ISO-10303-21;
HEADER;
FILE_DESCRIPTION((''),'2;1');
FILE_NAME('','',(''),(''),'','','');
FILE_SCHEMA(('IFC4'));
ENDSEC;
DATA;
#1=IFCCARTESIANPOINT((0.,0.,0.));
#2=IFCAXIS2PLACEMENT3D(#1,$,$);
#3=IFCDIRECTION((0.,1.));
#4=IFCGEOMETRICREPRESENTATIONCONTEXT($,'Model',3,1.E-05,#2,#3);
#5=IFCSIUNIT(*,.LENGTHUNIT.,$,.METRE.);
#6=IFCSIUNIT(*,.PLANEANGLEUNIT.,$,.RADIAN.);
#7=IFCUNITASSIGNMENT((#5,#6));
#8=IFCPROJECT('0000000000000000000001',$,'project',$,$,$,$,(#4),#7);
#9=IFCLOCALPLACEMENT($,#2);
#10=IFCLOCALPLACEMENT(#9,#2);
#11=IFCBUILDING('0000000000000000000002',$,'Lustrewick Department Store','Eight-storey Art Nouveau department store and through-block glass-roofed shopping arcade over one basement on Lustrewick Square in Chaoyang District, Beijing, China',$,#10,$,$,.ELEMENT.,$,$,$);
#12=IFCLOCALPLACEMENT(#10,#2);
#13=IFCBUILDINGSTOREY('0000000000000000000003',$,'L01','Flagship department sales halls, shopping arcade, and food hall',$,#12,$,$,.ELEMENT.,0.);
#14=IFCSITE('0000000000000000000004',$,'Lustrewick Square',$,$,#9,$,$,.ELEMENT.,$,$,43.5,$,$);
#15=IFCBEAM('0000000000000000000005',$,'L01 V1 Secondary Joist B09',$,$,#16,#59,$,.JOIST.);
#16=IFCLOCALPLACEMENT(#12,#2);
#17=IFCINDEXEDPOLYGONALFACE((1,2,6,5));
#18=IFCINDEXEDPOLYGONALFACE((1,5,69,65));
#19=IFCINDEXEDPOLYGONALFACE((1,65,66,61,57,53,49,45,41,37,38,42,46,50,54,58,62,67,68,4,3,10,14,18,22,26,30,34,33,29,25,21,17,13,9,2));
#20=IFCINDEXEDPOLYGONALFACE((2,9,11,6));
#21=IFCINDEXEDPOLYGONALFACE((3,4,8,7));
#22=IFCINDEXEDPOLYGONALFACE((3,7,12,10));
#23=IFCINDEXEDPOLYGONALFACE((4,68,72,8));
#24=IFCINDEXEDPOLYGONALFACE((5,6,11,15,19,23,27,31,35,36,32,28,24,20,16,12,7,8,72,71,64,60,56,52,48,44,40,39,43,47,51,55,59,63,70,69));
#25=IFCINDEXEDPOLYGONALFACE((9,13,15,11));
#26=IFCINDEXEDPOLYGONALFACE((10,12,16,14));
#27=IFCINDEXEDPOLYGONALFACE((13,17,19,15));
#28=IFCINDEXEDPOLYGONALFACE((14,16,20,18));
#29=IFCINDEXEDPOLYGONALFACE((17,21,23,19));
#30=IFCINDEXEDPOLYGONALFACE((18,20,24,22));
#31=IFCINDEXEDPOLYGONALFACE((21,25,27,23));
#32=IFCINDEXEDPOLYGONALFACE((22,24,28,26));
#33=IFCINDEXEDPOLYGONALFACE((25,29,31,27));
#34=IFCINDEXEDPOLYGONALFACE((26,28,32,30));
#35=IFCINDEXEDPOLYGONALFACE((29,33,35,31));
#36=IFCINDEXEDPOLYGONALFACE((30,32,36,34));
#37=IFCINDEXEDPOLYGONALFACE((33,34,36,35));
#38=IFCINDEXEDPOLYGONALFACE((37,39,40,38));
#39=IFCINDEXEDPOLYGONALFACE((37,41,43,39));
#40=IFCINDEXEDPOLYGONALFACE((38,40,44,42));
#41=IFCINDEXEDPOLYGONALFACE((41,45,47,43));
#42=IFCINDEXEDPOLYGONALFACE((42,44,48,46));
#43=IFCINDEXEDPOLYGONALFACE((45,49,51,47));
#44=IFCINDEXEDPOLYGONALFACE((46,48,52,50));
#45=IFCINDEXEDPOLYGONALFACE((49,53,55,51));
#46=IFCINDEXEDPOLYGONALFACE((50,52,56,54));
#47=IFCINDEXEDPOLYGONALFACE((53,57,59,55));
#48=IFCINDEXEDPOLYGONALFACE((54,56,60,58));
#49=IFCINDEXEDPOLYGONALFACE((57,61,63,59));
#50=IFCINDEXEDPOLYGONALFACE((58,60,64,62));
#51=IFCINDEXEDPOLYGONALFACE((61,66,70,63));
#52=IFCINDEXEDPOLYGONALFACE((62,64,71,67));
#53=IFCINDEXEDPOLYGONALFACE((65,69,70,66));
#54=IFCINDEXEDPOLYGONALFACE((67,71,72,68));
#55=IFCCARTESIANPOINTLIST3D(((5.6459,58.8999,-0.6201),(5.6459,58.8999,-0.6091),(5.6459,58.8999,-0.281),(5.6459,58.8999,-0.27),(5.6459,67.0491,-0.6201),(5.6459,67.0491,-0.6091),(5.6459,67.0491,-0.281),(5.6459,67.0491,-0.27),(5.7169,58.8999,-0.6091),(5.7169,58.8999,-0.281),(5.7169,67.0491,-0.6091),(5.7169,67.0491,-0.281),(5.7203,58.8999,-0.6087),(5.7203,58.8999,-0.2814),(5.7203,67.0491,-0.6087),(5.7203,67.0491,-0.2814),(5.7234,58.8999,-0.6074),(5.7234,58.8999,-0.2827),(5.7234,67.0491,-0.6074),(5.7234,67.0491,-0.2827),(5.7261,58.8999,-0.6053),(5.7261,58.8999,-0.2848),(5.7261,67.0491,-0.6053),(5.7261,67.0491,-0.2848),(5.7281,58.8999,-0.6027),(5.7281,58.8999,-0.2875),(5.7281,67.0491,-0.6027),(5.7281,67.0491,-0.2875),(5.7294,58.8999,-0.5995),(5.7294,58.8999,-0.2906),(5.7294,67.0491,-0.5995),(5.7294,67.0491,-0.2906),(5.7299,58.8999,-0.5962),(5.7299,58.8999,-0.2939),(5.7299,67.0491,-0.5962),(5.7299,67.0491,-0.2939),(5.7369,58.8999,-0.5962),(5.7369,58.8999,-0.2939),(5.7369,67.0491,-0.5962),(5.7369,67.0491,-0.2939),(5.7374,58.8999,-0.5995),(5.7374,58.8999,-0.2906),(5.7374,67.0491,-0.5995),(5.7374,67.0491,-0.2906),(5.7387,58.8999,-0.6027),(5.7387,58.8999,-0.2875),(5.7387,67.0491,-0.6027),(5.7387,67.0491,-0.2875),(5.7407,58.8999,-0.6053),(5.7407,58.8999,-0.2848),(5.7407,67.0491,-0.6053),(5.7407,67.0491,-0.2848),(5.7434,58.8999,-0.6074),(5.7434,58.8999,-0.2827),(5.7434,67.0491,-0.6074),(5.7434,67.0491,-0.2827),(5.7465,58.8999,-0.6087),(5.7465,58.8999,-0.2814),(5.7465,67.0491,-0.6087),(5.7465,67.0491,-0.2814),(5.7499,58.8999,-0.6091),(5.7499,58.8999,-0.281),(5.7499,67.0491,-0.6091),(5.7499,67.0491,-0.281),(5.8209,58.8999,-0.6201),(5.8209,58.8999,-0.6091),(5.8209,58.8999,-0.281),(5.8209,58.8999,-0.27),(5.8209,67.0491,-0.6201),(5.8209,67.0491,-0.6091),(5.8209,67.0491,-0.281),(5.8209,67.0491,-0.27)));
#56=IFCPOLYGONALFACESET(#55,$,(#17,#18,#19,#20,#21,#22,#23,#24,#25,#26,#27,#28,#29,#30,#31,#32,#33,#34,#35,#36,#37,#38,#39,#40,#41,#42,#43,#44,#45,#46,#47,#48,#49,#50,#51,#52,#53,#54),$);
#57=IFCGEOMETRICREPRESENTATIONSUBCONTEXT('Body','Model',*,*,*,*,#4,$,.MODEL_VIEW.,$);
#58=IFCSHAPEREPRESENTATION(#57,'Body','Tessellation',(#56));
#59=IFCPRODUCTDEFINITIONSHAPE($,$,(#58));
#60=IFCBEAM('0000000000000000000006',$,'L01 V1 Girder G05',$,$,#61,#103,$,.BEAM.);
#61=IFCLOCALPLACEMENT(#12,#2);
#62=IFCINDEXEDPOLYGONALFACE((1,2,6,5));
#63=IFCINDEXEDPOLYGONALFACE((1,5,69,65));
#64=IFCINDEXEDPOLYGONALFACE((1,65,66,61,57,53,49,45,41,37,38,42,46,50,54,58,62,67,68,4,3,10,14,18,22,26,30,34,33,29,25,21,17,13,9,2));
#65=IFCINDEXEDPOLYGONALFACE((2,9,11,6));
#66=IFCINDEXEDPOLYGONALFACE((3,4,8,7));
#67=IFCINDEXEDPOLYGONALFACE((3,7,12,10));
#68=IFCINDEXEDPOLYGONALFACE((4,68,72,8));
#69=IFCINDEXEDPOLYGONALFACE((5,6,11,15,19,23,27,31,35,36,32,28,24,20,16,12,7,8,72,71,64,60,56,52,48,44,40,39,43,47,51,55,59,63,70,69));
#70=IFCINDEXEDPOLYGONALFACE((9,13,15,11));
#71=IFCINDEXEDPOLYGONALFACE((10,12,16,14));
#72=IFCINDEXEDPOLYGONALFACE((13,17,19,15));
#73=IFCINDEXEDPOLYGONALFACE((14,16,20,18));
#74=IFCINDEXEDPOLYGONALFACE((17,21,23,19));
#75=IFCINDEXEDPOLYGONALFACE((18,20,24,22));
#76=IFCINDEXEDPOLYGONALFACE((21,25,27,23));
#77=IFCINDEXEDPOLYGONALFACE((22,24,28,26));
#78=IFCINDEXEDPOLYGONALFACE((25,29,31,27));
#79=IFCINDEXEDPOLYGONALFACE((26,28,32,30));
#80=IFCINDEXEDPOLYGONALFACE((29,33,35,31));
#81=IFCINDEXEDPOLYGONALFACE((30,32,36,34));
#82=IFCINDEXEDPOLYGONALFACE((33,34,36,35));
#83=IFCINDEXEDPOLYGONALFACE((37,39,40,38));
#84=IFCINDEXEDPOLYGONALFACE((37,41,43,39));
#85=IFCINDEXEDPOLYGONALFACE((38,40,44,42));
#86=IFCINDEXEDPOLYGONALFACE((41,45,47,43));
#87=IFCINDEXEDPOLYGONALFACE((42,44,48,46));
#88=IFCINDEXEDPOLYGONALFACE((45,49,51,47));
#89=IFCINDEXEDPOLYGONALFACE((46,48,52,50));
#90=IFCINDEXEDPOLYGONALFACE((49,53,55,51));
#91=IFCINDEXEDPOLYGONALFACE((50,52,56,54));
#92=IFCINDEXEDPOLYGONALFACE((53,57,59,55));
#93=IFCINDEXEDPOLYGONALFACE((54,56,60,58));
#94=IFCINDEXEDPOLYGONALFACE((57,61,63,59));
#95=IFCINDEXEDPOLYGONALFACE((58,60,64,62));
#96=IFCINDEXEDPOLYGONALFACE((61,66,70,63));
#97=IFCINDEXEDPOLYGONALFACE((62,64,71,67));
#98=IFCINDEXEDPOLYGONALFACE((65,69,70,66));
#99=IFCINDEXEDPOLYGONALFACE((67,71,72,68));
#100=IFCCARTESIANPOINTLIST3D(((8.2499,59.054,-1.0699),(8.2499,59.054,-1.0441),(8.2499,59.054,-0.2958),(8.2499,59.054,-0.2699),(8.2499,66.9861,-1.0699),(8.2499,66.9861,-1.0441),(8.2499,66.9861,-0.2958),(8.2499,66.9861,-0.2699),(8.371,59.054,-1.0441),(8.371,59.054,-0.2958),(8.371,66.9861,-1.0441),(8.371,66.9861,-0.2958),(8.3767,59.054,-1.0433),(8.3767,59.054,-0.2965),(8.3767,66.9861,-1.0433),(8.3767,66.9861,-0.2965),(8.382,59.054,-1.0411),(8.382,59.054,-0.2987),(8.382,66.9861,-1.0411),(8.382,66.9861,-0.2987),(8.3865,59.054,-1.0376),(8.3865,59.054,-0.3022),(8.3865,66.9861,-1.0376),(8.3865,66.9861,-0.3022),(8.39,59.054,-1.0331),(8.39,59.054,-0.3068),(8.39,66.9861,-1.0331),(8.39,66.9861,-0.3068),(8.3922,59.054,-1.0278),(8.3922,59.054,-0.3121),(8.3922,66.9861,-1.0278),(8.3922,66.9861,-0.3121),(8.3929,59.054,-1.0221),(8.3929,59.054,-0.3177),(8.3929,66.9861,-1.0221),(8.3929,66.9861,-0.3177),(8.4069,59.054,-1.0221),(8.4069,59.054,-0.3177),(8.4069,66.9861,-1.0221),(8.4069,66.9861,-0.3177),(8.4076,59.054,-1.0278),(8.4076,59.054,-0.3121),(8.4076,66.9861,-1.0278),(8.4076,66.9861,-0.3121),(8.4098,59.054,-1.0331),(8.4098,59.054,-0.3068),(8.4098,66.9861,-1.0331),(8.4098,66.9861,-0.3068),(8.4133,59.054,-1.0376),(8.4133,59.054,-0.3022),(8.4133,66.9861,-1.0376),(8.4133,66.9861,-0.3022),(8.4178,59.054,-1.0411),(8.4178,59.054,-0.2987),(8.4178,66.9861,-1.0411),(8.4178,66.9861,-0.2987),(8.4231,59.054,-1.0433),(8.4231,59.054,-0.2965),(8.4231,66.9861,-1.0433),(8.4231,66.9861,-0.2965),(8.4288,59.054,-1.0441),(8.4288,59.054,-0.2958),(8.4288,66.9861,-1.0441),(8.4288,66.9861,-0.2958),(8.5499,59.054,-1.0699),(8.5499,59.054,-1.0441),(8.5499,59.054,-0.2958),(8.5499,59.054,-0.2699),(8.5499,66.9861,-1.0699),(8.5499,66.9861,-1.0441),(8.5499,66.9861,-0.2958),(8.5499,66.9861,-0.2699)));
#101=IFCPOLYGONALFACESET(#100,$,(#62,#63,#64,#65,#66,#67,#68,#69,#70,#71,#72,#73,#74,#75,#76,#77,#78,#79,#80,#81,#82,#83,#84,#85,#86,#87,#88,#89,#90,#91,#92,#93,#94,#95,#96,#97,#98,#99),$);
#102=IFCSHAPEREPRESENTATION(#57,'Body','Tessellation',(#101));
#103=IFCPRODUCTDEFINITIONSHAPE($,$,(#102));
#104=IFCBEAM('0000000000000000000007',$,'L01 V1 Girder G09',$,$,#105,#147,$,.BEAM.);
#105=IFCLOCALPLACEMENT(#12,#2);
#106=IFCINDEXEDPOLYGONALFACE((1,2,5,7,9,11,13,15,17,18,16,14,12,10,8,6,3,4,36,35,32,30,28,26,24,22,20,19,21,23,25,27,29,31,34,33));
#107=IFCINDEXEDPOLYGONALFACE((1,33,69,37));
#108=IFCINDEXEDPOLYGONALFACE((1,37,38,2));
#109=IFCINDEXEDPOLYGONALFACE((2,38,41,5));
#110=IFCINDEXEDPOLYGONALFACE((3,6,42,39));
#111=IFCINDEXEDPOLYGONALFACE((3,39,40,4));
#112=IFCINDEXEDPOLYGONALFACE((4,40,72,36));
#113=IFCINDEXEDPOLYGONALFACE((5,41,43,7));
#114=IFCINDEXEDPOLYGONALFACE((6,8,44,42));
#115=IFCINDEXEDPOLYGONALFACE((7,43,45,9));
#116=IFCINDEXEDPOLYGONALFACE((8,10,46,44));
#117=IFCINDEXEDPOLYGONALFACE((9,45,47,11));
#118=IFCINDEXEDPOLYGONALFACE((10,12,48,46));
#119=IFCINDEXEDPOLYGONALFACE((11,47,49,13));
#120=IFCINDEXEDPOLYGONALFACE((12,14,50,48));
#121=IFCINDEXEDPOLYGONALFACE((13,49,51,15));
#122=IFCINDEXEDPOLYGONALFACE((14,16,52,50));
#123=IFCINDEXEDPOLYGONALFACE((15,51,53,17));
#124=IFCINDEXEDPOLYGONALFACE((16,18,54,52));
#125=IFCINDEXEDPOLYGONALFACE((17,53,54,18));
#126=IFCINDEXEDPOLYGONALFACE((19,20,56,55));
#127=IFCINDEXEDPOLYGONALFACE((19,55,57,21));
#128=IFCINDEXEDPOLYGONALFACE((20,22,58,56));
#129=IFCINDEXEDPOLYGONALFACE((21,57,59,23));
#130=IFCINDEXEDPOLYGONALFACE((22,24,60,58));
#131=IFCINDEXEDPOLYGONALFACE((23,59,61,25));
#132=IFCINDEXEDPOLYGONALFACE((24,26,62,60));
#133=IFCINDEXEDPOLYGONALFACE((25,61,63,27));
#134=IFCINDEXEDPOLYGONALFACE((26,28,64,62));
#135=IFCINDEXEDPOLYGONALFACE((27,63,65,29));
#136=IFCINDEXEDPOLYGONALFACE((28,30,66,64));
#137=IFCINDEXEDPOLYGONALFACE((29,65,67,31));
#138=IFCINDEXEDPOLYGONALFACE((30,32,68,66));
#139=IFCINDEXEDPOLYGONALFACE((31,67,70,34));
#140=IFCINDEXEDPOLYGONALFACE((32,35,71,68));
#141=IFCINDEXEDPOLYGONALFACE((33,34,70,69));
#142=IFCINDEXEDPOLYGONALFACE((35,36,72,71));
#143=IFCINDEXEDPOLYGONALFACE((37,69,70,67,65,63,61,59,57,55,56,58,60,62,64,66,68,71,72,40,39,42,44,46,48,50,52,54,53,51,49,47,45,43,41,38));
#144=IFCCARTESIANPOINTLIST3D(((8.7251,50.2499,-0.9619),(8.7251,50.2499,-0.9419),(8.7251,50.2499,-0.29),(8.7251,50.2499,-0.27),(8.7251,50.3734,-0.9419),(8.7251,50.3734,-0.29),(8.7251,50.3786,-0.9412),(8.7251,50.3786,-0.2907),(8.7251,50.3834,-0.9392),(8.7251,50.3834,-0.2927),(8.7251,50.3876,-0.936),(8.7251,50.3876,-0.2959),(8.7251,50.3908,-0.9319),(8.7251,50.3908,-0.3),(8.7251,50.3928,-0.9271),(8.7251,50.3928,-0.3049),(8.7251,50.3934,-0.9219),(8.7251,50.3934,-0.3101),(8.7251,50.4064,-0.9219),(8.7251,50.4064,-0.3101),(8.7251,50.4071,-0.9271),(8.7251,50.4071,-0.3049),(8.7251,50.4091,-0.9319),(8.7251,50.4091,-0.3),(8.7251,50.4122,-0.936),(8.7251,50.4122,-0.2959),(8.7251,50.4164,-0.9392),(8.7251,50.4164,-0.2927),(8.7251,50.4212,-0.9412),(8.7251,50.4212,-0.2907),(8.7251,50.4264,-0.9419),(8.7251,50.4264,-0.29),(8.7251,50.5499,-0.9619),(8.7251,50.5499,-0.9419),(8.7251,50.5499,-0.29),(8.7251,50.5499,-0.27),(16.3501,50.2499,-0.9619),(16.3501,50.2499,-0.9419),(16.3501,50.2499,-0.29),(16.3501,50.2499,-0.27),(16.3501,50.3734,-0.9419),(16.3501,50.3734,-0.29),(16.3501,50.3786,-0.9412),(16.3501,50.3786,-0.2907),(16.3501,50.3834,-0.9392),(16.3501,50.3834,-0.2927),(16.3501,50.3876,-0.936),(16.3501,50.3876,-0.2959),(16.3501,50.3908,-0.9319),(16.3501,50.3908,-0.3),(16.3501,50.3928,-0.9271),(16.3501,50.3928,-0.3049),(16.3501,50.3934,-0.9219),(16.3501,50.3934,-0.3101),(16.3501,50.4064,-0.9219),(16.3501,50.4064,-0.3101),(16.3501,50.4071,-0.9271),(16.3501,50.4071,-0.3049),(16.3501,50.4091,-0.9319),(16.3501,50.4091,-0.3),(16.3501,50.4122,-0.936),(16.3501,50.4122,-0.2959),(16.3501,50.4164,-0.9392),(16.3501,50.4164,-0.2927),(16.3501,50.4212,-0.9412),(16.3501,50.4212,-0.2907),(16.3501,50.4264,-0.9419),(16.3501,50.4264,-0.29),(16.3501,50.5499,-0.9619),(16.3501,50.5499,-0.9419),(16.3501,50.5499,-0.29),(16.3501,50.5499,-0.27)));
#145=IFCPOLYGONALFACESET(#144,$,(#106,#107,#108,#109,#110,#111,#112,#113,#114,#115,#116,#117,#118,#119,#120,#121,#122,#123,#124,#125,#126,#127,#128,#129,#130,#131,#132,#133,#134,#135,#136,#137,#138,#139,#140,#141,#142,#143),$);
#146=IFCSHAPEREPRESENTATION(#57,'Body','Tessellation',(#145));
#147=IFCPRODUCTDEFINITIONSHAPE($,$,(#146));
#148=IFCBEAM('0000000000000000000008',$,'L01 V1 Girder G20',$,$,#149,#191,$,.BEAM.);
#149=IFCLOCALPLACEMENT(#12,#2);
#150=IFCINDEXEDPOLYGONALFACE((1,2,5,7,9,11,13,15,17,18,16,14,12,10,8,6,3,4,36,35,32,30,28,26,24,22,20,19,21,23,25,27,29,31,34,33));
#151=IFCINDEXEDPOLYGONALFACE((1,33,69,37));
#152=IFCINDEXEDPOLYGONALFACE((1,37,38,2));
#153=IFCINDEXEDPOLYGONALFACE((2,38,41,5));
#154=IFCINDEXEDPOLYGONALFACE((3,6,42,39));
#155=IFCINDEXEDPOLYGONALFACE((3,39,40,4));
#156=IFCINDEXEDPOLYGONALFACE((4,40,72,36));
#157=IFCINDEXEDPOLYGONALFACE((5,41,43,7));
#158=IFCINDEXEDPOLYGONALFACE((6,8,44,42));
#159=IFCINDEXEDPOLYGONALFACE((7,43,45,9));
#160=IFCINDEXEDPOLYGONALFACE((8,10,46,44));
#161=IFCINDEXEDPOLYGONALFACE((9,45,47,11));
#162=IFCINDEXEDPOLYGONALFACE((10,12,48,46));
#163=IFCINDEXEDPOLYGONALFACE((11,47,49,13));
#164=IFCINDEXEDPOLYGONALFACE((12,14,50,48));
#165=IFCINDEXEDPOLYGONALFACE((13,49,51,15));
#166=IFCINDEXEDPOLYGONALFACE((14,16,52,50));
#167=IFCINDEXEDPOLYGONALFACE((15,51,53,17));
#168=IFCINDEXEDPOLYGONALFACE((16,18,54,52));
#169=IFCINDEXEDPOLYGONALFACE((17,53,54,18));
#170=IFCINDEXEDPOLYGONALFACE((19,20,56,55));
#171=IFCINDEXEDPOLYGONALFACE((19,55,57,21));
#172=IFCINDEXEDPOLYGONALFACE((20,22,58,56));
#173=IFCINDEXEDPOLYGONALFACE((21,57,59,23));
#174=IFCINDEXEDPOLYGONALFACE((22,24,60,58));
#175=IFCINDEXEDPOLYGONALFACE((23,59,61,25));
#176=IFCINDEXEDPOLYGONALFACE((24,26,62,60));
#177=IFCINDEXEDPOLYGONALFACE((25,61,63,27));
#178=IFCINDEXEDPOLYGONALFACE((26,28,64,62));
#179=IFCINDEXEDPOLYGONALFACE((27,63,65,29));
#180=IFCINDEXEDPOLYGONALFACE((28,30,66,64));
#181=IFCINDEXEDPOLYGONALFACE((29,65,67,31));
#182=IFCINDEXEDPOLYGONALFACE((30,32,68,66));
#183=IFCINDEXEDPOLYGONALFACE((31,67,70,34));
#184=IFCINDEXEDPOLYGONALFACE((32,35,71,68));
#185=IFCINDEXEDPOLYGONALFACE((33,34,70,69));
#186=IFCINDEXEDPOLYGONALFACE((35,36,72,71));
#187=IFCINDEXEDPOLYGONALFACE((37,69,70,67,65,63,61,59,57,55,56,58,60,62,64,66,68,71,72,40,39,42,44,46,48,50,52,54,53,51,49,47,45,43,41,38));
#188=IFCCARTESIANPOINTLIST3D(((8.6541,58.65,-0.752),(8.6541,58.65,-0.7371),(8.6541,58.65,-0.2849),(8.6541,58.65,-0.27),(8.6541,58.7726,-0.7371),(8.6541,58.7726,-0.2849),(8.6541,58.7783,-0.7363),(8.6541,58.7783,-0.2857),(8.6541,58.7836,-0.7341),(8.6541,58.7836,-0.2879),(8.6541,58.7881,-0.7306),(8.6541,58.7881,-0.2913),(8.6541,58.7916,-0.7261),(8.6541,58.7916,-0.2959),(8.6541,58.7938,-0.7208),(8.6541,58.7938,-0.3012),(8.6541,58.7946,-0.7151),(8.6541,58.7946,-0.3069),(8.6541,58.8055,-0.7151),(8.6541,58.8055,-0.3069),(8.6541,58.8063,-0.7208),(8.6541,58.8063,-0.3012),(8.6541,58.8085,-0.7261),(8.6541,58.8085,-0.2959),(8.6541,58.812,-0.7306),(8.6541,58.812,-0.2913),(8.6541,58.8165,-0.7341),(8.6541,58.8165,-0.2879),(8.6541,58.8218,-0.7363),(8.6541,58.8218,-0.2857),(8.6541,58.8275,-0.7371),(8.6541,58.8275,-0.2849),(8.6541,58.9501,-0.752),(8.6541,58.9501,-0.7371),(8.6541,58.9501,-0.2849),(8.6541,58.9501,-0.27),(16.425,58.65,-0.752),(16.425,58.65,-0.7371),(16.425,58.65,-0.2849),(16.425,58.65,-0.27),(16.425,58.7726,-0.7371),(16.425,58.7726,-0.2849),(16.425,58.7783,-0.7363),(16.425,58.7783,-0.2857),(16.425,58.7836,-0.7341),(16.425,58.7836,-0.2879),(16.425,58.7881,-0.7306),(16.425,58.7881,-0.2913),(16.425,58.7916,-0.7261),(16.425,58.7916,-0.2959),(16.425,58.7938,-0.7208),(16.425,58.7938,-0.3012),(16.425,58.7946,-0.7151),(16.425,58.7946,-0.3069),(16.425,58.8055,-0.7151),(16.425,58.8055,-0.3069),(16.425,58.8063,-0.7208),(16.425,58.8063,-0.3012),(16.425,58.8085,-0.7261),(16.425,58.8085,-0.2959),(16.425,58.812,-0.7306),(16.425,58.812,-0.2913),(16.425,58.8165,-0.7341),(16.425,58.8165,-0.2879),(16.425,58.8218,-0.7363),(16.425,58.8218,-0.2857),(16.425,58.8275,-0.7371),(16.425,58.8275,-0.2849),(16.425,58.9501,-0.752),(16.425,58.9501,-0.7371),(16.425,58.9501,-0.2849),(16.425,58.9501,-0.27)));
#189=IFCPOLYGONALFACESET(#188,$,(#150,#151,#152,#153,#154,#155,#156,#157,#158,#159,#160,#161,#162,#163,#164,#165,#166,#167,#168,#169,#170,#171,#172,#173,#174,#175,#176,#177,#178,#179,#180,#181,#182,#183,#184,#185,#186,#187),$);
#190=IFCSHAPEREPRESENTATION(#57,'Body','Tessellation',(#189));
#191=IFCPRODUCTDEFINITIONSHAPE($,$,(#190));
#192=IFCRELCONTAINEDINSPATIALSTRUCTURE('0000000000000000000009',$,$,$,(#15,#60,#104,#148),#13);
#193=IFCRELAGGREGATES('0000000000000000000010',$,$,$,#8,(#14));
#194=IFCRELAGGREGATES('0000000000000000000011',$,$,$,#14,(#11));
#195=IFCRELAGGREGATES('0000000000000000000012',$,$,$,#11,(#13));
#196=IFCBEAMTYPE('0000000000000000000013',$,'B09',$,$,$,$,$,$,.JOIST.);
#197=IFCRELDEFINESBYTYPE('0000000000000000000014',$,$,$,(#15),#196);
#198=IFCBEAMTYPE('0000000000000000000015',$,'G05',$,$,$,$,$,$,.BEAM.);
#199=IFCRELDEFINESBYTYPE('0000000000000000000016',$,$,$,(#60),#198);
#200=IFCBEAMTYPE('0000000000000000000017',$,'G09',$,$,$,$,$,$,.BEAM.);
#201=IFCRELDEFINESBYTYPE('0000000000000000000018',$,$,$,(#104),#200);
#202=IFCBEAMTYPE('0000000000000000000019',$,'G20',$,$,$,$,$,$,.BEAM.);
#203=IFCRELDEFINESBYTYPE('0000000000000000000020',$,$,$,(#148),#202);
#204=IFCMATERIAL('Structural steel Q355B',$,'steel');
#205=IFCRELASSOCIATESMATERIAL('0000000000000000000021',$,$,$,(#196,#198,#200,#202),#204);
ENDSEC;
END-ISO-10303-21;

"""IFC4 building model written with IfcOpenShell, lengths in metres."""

from ifc_helpers import new_model, si_unit, direction, frame, origin, origin_2d, place, context, subcontext, project, spatial, i_section, extrude, material, material_profile, profile_set, type_object, element, save


model = new_model("IFC4")

# Units and contexts
model_context = context("Model", 3, precision=1e-05, world=origin(), true_north=direction((0.0, 1.0)))
body_context = subcontext(model_context, "Body", "Model", "MODEL_VIEW")
ifc_project = project(units=[si_unit("LENGTHUNIT", "METRE"), si_unit("PLANEANGLEUNIT", "RADIAN")], contexts=[model_context])

# Site, building, storey
site_placement = place(None, origin())
site = spatial("IfcSite", under=ifc_project, at=site_placement, Name="Lustrewick Square", CompositionType="ELEMENT", RefElevation=43.5)
building_placement = place(site_placement, origin())
building = spatial("IfcBuilding", under=site, at=building_placement, Name="Lustrewick Department Store", Description="Eight-storey Art Nouveau department store and through-block glass-roofed shopping arcade over one basement on Lustrewick Square in Chaoyang District, Beijing, China", CompositionType="ELEMENT")
storey_placement = place(building_placement, origin())
storey = spatial("IfcBuildingStorey", under=building, at=storey_placement, Name="L01", Description="Flagship department sales halls, shopping arcade, and food hall", CompositionType="ELEMENT", Elevation=0.0)

# Beams
ifc_material_1 = material(Name="Structural steel Q355B", Category="steel")
ifc_material_profile_1 = material_profile(ifc_material_1, i_section(OverallWidth=0.175, OverallDepth=0.3501, WebThickness=0.0071, FlangeThickness=0.011, FilletRadius=0.0129, at=origin_2d()), Name="HN 350x175x7x11")
ifc_profile_set_1 = profile_set([ifc_material_profile_1], Name="Structural steel Q355B")
beam_type_1 = type_object("IfcBeamType", Name="B09", PredefinedType="JOIST", material=ifc_profile_set_1)
beam_1_placement = place(storey_placement, frame((5.7334, 58.8999, -0.4451), z_axis=(0.0, 1.0, 0.0), x_axis=(-1.0, 0.0, 0.0)))
element("IfcBeam", 1, at=beam_1_placement, inside=storey, type_object=beam_type_1, Name="L01 V1 Secondary Joist B09", PredefinedType="JOIST", context=body_context, shape_type="SweptSolid", body=[
    extrude(i_section(OverallWidth=0.175, OverallDepth=0.3501, WebThickness=0.0071, FlangeThickness=0.011, FilletRadius=0.0129, at=origin_2d()), origin(), (0.0, 0.0, 1.0), 8.1492),
])
ifc_material_profile_2 = material_profile(ifc_material_1, i_section(OverallWidth=0.3, OverallDepth=0.8, WebThickness=0.0139, FlangeThickness=0.0259, FilletRadius=0.022, at=origin_2d()), Name="HN 800x300x14x26")
ifc_profile_set_2 = profile_set([ifc_material_profile_2], Name="Structural steel Q355B")
beam_type_2 = type_object("IfcBeamType", Name="G05", PredefinedType="BEAM", material=ifc_profile_set_2)
beam_2_placement = place(storey_placement, frame((8.3999, 59.054, -0.6699), z_axis=(0.0, 1.0, 0.0), x_axis=(-1.0, 0.0, 0.0)))
element("IfcBeam", 2, at=beam_2_placement, inside=storey, type_object=beam_type_2, Name="L01 V1 Girder G05", PredefinedType="BEAM", context=body_context, shape_type="SweptSolid", body=[
    extrude(i_section(OverallWidth=0.3, OverallDepth=0.8, WebThickness=0.0139, FlangeThickness=0.0259, FilletRadius=0.022, at=origin_2d()), origin(), (0.0, 0.0, 1.0), 7.9321),
])
ifc_material_profile_3 = material_profile(ifc_material_1, i_section(OverallWidth=0.3, OverallDepth=0.6919, WebThickness=0.0129, FlangeThickness=0.02, FilletRadius=0.02, at=origin_2d()), Name="HN 692x300x13x20")
ifc_profile_set_3 = profile_set([ifc_material_profile_3], Name="Structural steel Q355B")
beam_type_3 = type_object("IfcBeamType", Name="G09", PredefinedType="BEAM", material=ifc_profile_set_3)
beam_3_placement = place(storey_placement, frame((8.7251, 50.3999, -0.616), z_axis=(1.0, 0.0, 0.0), x_axis=(0.0, 1.0, 0.0)))
element("IfcBeam", 3, at=beam_3_placement, inside=storey, type_object=beam_type_3, Name="L01 V1 Girder G09", PredefinedType="BEAM", context=body_context, shape_type="SweptSolid", body=[
    extrude(i_section(OverallWidth=0.3, OverallDepth=0.6919, WebThickness=0.0129, FlangeThickness=0.02, FilletRadius=0.02, at=origin_2d()), origin(), (0.0, 0.0, 1.0), 7.625),
])
ifc_material_profile_4 = material_profile(ifc_material_1, i_section(OverallWidth=0.3, OverallDepth=0.4819, WebThickness=0.011, FlangeThickness=0.0149, FilletRadius=0.022, at=origin_2d()), Name="HM 482x300x11x15")
ifc_profile_set_4 = profile_set([ifc_material_profile_4], Name="Structural steel Q355B")
beam_type_4 = type_object("IfcBeamType", Name="G20", PredefinedType="BEAM", material=ifc_profile_set_4)
beam_4_placement = place(storey_placement, frame((8.6541, 58.8, -0.511), z_axis=(1.0, 0.0, 0.0), x_axis=(0.0, 1.0, 0.0)))
element("IfcBeam", 4, at=beam_4_placement, inside=storey, type_object=beam_type_4, Name="L01 V1 Girder G20", PredefinedType="BEAM", context=body_context, shape_type="SweptSolid", body=[
    extrude(i_section(OverallWidth=0.3, OverallDepth=0.4819, WebThickness=0.011, FlangeThickness=0.0149, FilletRadius=0.022, at=origin_2d()), origin(), (0.0, 0.0, 1.0), 7.771),
])

save(model, "model.ifc")
